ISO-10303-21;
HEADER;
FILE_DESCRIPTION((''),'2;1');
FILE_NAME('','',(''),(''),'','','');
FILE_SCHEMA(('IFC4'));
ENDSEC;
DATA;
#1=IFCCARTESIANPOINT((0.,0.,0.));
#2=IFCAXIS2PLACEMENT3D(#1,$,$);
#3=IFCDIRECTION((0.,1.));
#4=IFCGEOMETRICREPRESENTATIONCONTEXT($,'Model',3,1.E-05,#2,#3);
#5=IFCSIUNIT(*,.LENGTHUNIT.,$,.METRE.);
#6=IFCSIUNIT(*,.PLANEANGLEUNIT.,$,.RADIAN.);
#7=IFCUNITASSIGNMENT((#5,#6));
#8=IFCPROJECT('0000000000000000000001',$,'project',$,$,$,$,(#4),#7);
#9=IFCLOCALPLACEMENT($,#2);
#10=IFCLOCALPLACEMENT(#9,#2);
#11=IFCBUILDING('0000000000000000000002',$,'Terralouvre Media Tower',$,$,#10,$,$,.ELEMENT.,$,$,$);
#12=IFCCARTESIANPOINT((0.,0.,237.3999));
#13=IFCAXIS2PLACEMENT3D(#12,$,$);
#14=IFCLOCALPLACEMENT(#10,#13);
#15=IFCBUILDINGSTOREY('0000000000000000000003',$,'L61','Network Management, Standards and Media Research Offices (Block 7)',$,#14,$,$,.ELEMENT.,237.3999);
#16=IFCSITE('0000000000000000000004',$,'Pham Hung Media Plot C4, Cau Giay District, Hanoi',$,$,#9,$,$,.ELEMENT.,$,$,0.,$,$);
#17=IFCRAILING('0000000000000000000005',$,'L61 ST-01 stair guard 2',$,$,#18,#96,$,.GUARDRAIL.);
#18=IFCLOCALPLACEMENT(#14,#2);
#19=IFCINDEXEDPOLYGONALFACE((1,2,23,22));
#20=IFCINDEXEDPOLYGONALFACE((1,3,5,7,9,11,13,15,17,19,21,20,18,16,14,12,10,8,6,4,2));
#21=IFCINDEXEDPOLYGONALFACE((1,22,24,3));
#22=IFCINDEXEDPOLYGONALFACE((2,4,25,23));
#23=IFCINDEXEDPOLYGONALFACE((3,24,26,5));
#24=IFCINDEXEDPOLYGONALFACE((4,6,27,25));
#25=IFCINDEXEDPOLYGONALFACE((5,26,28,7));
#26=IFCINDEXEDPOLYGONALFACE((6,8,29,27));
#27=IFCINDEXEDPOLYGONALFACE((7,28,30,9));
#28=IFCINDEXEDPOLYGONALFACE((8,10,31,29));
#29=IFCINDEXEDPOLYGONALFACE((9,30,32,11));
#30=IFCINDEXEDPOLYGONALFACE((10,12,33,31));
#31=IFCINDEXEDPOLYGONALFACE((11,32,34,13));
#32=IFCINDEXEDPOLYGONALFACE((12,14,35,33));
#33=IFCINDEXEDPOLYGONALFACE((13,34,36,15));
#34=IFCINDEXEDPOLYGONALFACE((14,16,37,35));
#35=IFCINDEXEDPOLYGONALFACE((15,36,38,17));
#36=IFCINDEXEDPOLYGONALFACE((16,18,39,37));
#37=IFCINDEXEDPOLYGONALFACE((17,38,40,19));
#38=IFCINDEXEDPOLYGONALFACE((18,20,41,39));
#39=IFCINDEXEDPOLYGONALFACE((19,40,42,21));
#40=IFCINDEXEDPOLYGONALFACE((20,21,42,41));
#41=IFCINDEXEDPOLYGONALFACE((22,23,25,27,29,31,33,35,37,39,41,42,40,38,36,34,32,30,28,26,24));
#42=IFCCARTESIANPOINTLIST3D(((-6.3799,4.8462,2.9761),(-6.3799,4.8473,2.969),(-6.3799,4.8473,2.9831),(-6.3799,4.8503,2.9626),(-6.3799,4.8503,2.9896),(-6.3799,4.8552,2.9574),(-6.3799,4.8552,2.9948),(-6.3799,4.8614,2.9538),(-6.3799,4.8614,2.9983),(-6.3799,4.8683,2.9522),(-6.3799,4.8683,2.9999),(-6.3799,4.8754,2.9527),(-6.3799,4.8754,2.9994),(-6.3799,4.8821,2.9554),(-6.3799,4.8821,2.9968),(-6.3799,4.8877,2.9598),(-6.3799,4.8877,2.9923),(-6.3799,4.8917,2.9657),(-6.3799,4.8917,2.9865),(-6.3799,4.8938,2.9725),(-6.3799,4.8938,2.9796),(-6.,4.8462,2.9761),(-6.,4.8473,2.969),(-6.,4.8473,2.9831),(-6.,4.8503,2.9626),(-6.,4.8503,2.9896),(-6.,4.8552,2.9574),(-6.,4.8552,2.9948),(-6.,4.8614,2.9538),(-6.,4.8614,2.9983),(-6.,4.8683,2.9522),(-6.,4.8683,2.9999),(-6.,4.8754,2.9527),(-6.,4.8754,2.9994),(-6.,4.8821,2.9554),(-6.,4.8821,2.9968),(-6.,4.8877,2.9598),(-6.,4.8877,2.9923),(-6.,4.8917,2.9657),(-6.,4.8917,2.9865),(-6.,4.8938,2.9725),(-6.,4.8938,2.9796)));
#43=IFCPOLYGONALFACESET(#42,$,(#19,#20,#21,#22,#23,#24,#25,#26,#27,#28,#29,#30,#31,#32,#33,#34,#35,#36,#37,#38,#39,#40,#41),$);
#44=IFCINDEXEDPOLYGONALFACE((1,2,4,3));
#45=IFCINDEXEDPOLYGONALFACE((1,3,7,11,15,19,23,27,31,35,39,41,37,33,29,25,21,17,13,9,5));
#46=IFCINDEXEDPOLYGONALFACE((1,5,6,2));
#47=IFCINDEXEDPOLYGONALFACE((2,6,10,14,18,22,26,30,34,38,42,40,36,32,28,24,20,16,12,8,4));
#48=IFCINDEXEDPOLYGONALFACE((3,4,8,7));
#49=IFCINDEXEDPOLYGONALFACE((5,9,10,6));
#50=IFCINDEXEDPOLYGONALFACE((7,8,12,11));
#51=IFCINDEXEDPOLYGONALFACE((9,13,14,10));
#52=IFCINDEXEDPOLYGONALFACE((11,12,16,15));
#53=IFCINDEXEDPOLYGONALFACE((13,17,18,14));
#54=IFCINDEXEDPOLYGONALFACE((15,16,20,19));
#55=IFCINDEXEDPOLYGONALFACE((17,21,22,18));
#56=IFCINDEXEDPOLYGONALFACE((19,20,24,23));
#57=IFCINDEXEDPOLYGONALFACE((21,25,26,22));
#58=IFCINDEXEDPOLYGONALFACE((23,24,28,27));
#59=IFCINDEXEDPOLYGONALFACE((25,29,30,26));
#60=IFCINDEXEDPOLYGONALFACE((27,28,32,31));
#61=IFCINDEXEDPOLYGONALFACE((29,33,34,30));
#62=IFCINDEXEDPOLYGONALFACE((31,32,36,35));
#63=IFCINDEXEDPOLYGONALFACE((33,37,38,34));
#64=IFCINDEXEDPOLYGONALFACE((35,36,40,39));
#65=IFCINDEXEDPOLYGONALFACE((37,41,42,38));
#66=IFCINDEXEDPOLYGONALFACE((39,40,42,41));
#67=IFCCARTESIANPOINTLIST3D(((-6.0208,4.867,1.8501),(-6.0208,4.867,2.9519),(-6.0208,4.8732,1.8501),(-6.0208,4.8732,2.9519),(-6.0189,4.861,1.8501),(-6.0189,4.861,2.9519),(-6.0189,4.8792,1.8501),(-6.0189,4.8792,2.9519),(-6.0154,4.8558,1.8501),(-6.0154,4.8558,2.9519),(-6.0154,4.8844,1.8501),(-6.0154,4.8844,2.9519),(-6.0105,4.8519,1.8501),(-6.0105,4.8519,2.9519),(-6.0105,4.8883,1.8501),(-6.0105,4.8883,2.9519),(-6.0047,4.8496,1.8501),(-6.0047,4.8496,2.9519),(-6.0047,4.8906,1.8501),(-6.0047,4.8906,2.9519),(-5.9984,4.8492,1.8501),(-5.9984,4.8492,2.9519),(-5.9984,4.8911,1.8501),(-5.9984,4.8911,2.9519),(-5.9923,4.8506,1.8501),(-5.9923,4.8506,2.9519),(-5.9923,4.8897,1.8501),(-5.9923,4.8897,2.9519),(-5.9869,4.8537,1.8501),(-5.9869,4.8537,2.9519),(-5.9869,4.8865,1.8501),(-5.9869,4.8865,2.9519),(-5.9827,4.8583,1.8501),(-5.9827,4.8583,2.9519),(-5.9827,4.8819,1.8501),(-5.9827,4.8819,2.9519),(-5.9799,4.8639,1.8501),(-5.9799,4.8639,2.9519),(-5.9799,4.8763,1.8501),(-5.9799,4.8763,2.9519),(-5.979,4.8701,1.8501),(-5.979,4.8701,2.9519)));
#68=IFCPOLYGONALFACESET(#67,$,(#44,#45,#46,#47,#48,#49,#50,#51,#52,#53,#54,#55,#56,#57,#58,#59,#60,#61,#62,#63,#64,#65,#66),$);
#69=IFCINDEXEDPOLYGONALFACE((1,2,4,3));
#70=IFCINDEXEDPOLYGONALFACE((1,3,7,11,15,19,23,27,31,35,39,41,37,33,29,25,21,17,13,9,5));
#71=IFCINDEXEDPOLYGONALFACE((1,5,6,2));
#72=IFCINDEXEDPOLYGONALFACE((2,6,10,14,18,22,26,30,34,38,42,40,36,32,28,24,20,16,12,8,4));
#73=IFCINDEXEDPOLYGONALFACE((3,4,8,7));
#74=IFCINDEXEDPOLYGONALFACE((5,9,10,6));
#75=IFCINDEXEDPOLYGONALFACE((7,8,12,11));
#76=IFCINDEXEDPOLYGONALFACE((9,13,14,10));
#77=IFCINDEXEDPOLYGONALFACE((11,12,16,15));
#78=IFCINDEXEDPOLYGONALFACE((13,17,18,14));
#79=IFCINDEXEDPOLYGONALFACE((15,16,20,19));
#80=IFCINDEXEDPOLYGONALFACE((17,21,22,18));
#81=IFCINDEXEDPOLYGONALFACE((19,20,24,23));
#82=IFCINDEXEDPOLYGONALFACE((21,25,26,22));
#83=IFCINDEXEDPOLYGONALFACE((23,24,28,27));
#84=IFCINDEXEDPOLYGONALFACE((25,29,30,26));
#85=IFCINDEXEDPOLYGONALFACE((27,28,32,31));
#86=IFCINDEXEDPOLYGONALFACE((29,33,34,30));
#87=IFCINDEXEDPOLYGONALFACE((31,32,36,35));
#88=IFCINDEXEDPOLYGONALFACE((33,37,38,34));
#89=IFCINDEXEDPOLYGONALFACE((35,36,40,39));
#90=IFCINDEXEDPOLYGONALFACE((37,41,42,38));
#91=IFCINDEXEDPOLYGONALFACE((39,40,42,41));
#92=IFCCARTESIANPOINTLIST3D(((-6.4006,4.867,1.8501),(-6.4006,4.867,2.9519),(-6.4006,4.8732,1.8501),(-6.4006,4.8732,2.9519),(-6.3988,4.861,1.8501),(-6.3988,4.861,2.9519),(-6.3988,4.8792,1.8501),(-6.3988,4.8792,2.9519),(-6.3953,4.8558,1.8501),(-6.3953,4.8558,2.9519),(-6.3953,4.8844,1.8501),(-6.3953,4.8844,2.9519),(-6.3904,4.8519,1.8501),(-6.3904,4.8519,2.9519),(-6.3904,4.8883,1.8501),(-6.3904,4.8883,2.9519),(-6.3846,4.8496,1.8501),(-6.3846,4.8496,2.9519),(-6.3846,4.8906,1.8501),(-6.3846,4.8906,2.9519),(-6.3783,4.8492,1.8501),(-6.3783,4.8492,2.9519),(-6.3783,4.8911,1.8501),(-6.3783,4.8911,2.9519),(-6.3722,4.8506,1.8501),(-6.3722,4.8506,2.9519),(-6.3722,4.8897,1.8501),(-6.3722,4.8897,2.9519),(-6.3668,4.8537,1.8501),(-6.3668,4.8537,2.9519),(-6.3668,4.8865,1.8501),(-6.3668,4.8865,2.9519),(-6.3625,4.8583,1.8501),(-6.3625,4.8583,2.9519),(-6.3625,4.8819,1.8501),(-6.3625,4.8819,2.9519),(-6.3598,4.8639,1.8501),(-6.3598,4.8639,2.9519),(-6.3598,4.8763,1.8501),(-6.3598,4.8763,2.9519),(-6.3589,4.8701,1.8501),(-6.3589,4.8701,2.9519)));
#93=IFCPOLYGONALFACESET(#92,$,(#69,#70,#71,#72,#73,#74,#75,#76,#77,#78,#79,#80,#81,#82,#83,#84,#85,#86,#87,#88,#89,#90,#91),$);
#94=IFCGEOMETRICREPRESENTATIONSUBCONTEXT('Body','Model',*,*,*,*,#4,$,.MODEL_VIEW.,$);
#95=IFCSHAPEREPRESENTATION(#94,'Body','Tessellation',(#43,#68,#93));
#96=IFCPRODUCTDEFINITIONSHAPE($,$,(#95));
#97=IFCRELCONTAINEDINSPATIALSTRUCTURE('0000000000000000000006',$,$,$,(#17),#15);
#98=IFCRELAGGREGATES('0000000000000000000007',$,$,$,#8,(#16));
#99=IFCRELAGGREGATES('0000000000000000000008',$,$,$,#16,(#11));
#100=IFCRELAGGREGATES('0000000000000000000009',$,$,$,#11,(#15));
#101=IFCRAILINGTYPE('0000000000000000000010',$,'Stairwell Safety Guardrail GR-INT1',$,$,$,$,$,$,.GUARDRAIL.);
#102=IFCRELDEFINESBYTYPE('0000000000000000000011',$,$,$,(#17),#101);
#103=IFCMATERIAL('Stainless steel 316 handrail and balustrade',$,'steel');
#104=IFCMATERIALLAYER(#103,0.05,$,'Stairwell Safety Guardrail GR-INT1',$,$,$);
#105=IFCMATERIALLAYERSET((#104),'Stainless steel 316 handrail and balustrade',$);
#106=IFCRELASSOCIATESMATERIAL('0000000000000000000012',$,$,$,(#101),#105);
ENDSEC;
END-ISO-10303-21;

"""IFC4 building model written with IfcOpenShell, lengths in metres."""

from ifc_helpers import new_model, si_unit, direction, frame, origin, origin_2d, place, context, subcontext, project, spatial, circle, extrude, material, layer, layer_set, type_object, element, save


model = new_model("IFC4")

# Units and contexts
model_context = context("Model", 3, precision=1e-05, world=origin(), true_north=direction((0.0, 1.0)))
body_context = subcontext(model_context, "Body", "Model", "MODEL_VIEW")
ifc_project = project(units=[si_unit("LENGTHUNIT", "METRE"), si_unit("PLANEANGLEUNIT", "RADIAN")], contexts=[model_context])

# Site, building, storey
site_placement = place(None, origin())
site = spatial("IfcSite", under=ifc_project, at=site_placement, Name="Pham Hung Media Plot C4, Cau Giay District, Hanoi", CompositionType="ELEMENT", RefElevation=0.0)
building_placement = place(site_placement, origin())
building = spatial("IfcBuilding", under=site, at=building_placement, Name="Terralouvre Media Tower", CompositionType="ELEMENT")
storey_placement = place(building_placement, frame((0.0, 0.0, 237.3999)))
storey = spatial("IfcBuildingStorey", under=building, at=storey_placement, Name="L61", Description="Network Management, Standards and Media Research Offices (Block 7)", CompositionType="ELEMENT", Elevation=237.3999)

# Railing
ifc_material_1 = material(Name="Stainless steel 316 handrail and balustrade", Category="steel")
ifc_layer_1 = layer(ifc_material_1, 0.05, Name="Stairwell Safety Guardrail GR-INT1")
ifc_layer_set_1 = layer_set([ifc_layer_1], Name="Stainless steel 316 handrail and balustrade")
railing_type_1 = type_object("IfcRailingType", Name="Stairwell Safety Guardrail GR-INT1", PredefinedType="GUARDRAIL", material=ifc_layer_set_1)
railing_1_placement = place(storey_placement, frame((-6.0, 4.8701, 1.8501)))
element("IfcRailing", 1, at=railing_1_placement, inside=storey, type_object=railing_type_1, Name="L61 ST-01 stair guard 2", PredefinedType="GUARDRAIL", context=body_context, shape_type="SweptSolid", body=[
    extrude(circle(Radius=0.0239, at=origin_2d()), frame((0.0, 0.0, 1.126), z_axis=(-1.0, 0.0, 0.0), x_axis=(0.0, -1.0, 0.0)), (0.0, 0.0, 1.0), 0.3799),
    extrude(circle(Radius=0.021, at=origin_2d()), origin(), (0.0, 0.0, 1.0), 1.1018),
    extrude(circle(Radius=0.021, at=origin_2d()), frame((-0.3799, 0.0, 0.0)), (0.0, 0.0, 1.0), 1.1018),
])

save(model, "model.ifc")
